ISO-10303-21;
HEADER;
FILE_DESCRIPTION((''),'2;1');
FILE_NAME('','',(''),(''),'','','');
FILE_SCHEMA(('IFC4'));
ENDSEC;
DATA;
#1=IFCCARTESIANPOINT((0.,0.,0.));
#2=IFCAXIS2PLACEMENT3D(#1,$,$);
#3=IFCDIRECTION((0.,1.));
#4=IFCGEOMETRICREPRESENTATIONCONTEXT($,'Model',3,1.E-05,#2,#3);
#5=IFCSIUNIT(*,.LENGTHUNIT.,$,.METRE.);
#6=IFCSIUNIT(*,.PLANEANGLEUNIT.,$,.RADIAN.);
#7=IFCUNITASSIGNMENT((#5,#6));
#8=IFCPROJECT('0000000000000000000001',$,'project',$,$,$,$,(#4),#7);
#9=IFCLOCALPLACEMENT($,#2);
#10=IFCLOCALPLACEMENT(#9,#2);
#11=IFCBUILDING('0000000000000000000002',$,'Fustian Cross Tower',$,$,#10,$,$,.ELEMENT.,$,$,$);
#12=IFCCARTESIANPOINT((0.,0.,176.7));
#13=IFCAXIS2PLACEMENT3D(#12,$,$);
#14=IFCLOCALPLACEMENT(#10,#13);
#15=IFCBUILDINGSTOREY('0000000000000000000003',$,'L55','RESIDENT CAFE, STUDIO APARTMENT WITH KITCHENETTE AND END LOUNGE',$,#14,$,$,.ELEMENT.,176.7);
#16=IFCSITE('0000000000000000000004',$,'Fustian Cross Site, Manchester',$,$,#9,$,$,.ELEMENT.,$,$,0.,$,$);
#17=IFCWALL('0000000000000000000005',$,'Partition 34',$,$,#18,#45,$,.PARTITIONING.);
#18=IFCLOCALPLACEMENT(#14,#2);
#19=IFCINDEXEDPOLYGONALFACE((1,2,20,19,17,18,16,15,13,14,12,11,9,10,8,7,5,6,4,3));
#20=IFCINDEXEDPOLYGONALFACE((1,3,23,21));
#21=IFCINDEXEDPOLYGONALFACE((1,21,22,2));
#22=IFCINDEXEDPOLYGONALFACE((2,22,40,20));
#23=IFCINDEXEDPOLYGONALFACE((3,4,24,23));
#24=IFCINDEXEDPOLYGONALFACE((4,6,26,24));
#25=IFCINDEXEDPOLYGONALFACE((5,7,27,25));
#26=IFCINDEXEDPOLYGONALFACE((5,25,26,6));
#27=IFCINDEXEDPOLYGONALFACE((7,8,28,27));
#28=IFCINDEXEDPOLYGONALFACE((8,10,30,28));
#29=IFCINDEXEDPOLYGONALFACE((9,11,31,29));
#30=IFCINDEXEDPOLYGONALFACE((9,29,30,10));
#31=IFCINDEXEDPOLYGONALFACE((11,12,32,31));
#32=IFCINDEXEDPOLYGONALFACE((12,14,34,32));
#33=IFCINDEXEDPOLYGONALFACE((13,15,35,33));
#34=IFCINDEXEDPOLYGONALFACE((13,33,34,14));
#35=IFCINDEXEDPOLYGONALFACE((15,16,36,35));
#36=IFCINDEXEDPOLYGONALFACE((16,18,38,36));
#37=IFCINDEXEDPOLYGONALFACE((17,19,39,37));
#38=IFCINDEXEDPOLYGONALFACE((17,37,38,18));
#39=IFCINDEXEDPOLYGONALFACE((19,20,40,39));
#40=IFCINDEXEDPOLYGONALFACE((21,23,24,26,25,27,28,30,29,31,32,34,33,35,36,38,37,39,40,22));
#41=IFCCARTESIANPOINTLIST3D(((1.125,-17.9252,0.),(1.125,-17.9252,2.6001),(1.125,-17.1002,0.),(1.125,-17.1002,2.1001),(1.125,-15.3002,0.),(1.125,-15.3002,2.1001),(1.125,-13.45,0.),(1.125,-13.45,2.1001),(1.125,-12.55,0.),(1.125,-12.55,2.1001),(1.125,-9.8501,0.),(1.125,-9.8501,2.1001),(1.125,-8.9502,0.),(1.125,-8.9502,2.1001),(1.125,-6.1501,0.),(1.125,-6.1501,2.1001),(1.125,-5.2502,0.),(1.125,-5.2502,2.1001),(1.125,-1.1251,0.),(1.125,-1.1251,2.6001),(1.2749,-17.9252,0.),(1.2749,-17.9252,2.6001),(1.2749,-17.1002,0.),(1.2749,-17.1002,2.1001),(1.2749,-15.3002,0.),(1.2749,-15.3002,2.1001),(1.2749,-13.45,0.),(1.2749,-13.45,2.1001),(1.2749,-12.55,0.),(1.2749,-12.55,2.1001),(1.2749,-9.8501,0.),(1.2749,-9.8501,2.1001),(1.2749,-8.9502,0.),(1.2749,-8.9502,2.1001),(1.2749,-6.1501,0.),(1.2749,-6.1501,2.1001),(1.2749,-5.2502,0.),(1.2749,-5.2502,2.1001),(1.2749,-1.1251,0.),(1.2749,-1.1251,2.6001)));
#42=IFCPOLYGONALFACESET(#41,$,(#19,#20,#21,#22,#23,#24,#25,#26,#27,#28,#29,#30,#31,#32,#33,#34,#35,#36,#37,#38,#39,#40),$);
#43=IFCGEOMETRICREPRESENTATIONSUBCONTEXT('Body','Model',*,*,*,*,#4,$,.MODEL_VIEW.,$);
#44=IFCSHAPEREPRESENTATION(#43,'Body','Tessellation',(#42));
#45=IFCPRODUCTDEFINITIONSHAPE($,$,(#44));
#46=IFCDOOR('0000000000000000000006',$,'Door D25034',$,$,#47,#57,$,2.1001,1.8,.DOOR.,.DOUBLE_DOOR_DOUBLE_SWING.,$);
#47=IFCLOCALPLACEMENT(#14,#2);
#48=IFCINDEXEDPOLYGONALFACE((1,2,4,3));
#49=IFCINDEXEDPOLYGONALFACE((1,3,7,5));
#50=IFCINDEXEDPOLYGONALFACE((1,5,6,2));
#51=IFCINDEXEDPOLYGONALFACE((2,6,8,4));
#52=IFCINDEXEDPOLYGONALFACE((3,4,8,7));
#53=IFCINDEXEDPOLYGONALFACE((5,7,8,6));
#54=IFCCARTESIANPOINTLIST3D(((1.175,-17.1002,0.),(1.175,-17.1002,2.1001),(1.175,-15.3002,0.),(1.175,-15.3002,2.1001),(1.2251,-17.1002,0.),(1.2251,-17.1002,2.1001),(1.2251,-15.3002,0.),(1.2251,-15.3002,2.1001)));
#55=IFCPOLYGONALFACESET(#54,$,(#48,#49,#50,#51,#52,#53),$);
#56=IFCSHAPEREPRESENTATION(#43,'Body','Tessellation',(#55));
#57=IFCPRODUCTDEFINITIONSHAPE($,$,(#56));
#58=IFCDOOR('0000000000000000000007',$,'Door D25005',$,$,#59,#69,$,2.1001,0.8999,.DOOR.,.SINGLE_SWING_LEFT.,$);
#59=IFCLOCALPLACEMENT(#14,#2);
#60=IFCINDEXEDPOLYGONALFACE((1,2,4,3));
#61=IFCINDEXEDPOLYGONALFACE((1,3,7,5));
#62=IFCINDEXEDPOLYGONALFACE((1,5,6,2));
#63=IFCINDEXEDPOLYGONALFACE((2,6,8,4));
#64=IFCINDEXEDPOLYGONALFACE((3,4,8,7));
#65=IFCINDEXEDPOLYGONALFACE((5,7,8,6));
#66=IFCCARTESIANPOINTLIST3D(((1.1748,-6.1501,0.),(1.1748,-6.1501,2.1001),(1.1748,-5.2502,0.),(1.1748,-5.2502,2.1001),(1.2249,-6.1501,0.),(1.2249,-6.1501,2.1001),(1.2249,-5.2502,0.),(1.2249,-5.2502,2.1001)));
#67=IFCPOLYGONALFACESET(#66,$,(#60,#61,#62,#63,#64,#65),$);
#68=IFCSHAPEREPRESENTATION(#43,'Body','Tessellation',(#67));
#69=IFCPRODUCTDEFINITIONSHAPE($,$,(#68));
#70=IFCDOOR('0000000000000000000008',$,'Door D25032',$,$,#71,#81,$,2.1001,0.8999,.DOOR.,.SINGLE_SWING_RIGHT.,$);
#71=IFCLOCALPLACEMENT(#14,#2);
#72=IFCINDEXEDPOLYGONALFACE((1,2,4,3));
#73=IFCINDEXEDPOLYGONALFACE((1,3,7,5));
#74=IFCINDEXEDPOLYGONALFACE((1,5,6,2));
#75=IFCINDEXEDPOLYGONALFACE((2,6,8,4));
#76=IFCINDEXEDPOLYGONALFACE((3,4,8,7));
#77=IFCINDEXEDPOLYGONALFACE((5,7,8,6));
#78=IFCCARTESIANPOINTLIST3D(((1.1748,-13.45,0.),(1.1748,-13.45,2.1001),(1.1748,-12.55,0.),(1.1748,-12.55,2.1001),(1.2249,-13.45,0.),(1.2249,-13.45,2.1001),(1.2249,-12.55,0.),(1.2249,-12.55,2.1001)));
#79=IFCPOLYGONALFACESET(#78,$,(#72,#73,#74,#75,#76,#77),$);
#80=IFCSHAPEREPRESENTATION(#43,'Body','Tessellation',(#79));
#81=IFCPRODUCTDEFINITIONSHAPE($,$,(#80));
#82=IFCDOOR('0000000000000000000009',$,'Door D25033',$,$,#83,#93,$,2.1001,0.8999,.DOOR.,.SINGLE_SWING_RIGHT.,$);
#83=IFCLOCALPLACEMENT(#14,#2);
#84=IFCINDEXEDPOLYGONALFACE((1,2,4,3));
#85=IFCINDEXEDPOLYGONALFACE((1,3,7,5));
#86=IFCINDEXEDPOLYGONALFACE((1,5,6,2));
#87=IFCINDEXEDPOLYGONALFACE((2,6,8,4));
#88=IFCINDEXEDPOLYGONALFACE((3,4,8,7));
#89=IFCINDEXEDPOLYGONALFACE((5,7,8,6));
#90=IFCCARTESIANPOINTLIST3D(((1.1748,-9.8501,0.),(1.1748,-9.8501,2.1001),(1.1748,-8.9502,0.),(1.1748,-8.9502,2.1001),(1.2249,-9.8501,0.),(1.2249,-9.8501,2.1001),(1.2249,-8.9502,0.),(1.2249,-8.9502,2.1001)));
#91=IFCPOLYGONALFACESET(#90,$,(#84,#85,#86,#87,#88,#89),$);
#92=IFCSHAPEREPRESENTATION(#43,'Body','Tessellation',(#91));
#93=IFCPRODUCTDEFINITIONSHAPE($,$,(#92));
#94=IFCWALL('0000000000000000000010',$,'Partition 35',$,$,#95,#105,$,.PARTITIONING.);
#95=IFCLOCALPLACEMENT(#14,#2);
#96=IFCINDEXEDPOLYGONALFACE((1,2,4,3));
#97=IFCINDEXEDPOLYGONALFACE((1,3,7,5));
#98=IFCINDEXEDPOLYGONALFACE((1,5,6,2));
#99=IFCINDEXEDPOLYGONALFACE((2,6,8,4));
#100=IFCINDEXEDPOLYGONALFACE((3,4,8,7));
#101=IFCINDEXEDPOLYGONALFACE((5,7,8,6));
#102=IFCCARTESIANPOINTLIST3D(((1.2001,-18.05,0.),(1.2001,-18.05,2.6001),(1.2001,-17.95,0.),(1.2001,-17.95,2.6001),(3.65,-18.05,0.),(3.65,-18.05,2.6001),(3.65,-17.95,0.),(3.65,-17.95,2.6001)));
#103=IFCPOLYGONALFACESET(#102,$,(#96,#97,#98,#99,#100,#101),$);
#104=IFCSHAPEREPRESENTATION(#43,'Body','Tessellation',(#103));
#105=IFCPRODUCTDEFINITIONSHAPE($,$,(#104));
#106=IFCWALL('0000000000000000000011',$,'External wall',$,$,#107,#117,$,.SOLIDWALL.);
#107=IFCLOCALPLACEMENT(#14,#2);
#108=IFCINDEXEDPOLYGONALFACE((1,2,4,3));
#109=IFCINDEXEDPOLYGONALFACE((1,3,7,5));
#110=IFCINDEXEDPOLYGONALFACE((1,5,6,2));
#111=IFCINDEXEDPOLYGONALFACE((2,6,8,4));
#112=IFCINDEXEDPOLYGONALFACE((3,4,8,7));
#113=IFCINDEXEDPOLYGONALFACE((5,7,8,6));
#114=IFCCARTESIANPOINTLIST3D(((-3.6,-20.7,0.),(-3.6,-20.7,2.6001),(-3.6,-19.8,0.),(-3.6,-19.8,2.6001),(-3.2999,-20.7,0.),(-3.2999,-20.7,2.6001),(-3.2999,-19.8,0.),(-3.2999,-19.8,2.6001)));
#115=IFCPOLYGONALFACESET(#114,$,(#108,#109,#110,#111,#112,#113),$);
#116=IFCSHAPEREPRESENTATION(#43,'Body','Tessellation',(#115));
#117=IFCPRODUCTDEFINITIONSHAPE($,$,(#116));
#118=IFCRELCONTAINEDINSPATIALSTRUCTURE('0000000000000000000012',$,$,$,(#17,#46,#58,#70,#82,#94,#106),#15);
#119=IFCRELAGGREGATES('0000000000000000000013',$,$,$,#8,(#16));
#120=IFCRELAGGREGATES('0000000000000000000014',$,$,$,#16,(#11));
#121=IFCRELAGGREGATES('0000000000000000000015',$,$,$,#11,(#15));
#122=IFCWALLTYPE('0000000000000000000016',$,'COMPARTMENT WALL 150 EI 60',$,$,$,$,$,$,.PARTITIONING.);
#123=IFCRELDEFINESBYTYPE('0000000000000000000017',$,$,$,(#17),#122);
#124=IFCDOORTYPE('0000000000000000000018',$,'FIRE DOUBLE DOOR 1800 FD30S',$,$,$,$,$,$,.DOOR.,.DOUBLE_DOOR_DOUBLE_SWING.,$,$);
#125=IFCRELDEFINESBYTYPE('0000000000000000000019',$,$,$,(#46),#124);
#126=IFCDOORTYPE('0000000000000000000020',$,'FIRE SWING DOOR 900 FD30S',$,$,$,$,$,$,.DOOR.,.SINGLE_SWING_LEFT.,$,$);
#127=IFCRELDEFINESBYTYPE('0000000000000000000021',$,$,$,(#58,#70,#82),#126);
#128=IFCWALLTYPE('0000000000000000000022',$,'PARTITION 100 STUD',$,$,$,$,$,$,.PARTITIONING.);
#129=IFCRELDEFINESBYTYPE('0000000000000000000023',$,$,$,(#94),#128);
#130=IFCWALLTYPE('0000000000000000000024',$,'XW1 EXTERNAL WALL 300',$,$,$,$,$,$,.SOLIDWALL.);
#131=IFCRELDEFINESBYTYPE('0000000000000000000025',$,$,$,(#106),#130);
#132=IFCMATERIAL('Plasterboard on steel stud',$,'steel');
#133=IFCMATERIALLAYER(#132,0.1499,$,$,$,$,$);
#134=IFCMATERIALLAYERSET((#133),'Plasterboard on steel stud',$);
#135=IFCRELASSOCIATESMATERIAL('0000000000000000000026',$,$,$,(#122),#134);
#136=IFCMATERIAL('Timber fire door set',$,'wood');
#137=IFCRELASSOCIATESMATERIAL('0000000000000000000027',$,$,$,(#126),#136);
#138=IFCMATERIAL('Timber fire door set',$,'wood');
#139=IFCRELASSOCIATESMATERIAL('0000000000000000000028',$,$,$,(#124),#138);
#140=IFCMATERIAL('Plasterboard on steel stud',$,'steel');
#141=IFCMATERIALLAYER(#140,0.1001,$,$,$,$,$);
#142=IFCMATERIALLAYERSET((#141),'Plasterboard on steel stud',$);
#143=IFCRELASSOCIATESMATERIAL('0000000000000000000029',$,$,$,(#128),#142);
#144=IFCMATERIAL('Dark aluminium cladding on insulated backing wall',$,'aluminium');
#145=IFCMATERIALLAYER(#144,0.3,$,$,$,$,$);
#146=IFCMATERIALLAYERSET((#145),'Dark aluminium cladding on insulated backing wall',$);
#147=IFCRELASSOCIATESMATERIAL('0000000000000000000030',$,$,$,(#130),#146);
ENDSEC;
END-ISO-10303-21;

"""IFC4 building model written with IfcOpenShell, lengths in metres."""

from ifc_helpers import new_model, si_unit, direction, frame, frame_2d, origin, place, context, subcontext, project, spatial, rectangle, extrude, material, layer, layer_set, type_object, element, fill, save


model = new_model("IFC4")

# Units and contexts
model_context = context("Model", 3, precision=1e-05, world=origin(), true_north=direction((0.0, 1.0)))
body_context = subcontext(model_context, "Body", "Model", "MODEL_VIEW")
ifc_project = project(units=[si_unit("LENGTHUNIT", "METRE"), si_unit("PLANEANGLEUNIT", "RADIAN")], contexts=[model_context])

# Site, building, storey
site_placement = place(None, origin())
site = spatial("IfcSite", under=ifc_project, at=site_placement, Name="Fustian Cross Site, Manchester", CompositionType="ELEMENT", RefElevation=0.0)
building_placement = place(site_placement, origin())
building = spatial("IfcBuilding", under=site, at=building_placement, Name="Fustian Cross Tower", CompositionType="ELEMENT")
storey_placement = place(building_placement, frame((0.0, 0.0, 176.7)))
storey = spatial("IfcBuildingStorey", under=building, at=storey_placement, Name="L55", Description="RESIDENT CAFE, STUDIO APARTMENT WITH KITCHENETTE AND END LOUNGE", CompositionType="ELEMENT", Elevation=176.7)

# Shared definitions
ifc_material_1 = material(Name="Plasterboard on steel stud", Category="steel")
ifc_layer_1 = layer(ifc_material_1, 0.1499)
ifc_layer_set_1 = layer_set([ifc_layer_1], Name="Plasterboard on steel stud")
wall_type_1 = type_object("IfcWallType", Name="COMPARTMENT WALL 150 EI 60", PredefinedType="PARTITIONING", material=ifc_layer_set_1)
ifc_material_2 = material(Name="Timber fire door set", Category="wood")
door_type_1 = type_object("IfcDoorType", Name="FIRE SWING DOOR 900 FD30S", OperationType="SINGLE_SWING_LEFT", PredefinedType="DOOR", material=ifc_material_2)

# Wall, openings, doors
wall_1_placement = place(storey_placement, frame((1.2, -17.925, 0.0), z_axis=(0.0, 0.0, 1.0), x_axis=(0.0, 1.0, 0.0)))
wall_1 = element("IfcWall", 1, at=wall_1_placement, inside=storey, type_object=wall_type_1, Name="Partition 34", PredefinedType="PARTITIONING", context=body_context, shape_type="SweptSolid", body=[
    extrude(rectangle(XDim=16.8, YDim=0.1499, at=frame_2d((8.3999, 0.0))), origin(), (0.0, 0.0, 1.0), 2.6001),
])
opening_1_placement = place(wall_1_placement, frame((11.7749, 0.0, 0.0)))
opening_1 = element("IfcOpeningElement", 2, at=opening_1_placement, cuts=wall_1, PredefinedType="OPENING", context=body_context, shape_type="SweptSolid", body=[
    extrude(rectangle(XDim=0.8999, YDim=2.1001, at=frame_2d((0.45, 1.05))), frame((0.0, 0.085, 0.0), z_axis=(0.0, -1.0, 0.0), x_axis=(1.0, 0.0, 0.0)), (0.0, 0.0, 1.0), 0.1699),
])
opening_2_placement = place(wall_1_placement, frame((4.4751, 0.0, 0.0)))
opening_2 = element("IfcOpeningElement", 3, at=opening_2_placement, cuts=wall_1, PredefinedType="OPENING", context=body_context, shape_type="SweptSolid", body=[
    extrude(rectangle(XDim=0.8999, YDim=2.1001, at=frame_2d((0.45, 1.05))), frame((0.0, 0.085, 0.0), z_axis=(0.0, -1.0, 0.0), x_axis=(1.0, 0.0, 0.0)), (0.0, 0.0, 1.0), 0.1699),
])
opening_3_placement = place(wall_1_placement, frame((8.075, 0.0, 0.0)))
opening_3 = element("IfcOpeningElement", 4, at=opening_3_placement, cuts=wall_1, PredefinedType="OPENING", context=body_context, shape_type="SweptSolid", body=[
    extrude(rectangle(XDim=0.8999, YDim=2.1001, at=frame_2d((0.45, 1.05))), frame((0.0, 0.085, 0.0), z_axis=(0.0, -1.0, 0.0), x_axis=(1.0, 0.0, 0.0)), (0.0, 0.0, 1.0), 0.1699),
])
opening_4_placement = place(wall_1_placement, frame((0.825, 0.0, 0.0)))
opening_4 = element("IfcOpeningElement", 5, at=opening_4_placement, cuts=wall_1, PredefinedType="OPENING", context=body_context, shape_type="SweptSolid", body=[
    extrude(rectangle(XDim=1.8, YDim=2.1001, at=frame_2d((0.8999, 1.05))), frame((0.0, 0.085, 0.0), z_axis=(0.0, -1.0, 0.0), x_axis=(1.0, 0.0, 0.0)), (0.0, 0.0, 1.0), 0.1699),
])
ifc_material_3 = material(Name="Timber fire door set", Category="wood")
door_type_2 = type_object("IfcDoorType", Name="FIRE DOUBLE DOOR 1800 FD30S", OperationType="DOUBLE_DOOR_DOUBLE_SWING", PredefinedType="DOOR", material=ifc_material_3)
door_1_placement = place(opening_4_placement, origin())
door_1 = element("IfcDoor", 6, at=door_1_placement, inside=storey, type_object=door_type_2, Name="Door D25034", OperationType="DOUBLE_DOOR_DOUBLE_SWING", OverallHeight=2.1001, OverallWidth=1.8, PredefinedType="DOOR", context=body_context, shape_type="SweptSolid", body=[
    extrude(rectangle(XDim=1.8, YDim=2.1001, at=frame_2d((0.8999, 1.05))), frame((0.0, 0.0249, 0.0), z_axis=(0.0, -1.0, 0.0), x_axis=(1.0, 0.0, 0.0)), (0.0, 0.0, 1.0), 0.05),
])
fill(opening_4, door_1)
door_2_placement = place(opening_1_placement, frame((0.8999, 0.0, 0.0), z_axis=(0.0, 0.0, 1.0), x_axis=(-1.0, 0.0, 0.0)))
door_2 = element("IfcDoor", 7, at=door_2_placement, inside=storey, type_object=door_type_1, Name="Door D25005", OperationType="SINGLE_SWING_LEFT", OverallHeight=2.1001, OverallWidth=0.8999, PredefinedType="DOOR", context=body_context, shape_type="SweptSolid", body=[
    extrude(rectangle(XDim=0.8999, YDim=2.1001, at=frame_2d((0.45, 1.05))), frame((0.0, 0.0249, 0.0), z_axis=(0.0, -1.0, 0.0), x_axis=(1.0, 0.0, 0.0)), (0.0, 0.0, 1.0), 0.05),
])
fill(opening_1, door_2)
door_3_placement = place(opening_2_placement, frame((0.8999, 0.0, 0.0), z_axis=(0.0, 0.0, 1.0), x_axis=(-1.0, 0.0, 0.0)))
door_3 = element("IfcDoor", 8, at=door_3_placement, inside=storey, type_object=door_type_1, Name="Door D25032", OperationType="SINGLE_SWING_RIGHT", OverallHeight=2.1001, OverallWidth=0.8999, PredefinedType="DOOR", context=body_context, shape_type="SweptSolid", body=[
    extrude(rectangle(XDim=0.8999, YDim=2.1001, at=frame_2d((0.45, 1.05))), frame((0.0, 0.0249, 0.0), z_axis=(0.0, -1.0, 0.0), x_axis=(1.0, 0.0, 0.0)), (0.0, 0.0, 1.0), 0.05),
])
fill(opening_2, door_3)
door_4_placement = place(opening_3_placement, frame((0.8999, 0.0, 0.0), z_axis=(0.0, 0.0, 1.0), x_axis=(-1.0, 0.0, 0.0)))
door_4 = element("IfcDoor", 9, at=door_4_placement, inside=storey, type_object=door_type_1, Name="Door D25033", OperationType="SINGLE_SWING_RIGHT", OverallHeight=2.1001, OverallWidth=0.8999, PredefinedType="DOOR", context=body_context, shape_type="SweptSolid", body=[
    extrude(rectangle(XDim=0.8999, YDim=2.1001, at=frame_2d((0.45, 1.05))), frame((0.0, 0.0249, 0.0), z_axis=(0.0, -1.0, 0.0), x_axis=(1.0, 0.0, 0.0)), (0.0, 0.0, 1.0), 0.05),
])
fill(opening_3, door_4)

# Walls
ifc_material_4 = material(Name="Plasterboard on steel stud", Category="steel")
ifc_layer_2 = layer(ifc_material_4, 0.1001)
ifc_layer_set_2 = layer_set([ifc_layer_2], Name="Plasterboard on steel stud")
wall_type_2 = type_object("IfcWallType", Name="PARTITION 100 STUD", PredefinedType="PARTITIONING", material=ifc_layer_set_2)
wall_2_placement = place(storey_placement, frame((1.2, -18.0, 0.0), z_axis=(0.0, 0.0, 1.0), x_axis=(1.0, 0.0, 0.0)))
element("IfcWall", 10, at=wall_2_placement, inside=storey, type_object=wall_type_2, Name="Partition 35", PredefinedType="PARTITIONING", context=body_context, shape_type="SweptSolid", body=[
    extrude(rectangle(XDim=2.45, YDim=0.1001, at=frame_2d((1.2251, 0.0))), origin(), (0.0, 0.0, 1.0), 2.6001),
])
ifc_material_5 = material(Name="Dark aluminium cladding on insulated backing wall", Category="aluminium")
ifc_layer_3 = layer(ifc_material_5, 0.3)
ifc_layer_set_3 = layer_set([ifc_layer_3], Name="Dark aluminium cladding on insulated backing wall")
wall_type_3 = type_object("IfcWallType", Name="XW1 EXTERNAL WALL 300", PredefinedType="SOLIDWALL", material=ifc_layer_set_3)
wall_3_placement = place(storey_placement, frame((-3.45, -19.8, 0.0), z_axis=(0.0, 0.0, 1.0), x_axis=(0.0, -1.0, 0.0)))
element("IfcWall", 11, at=wall_3_placement, inside=storey, type_object=wall_type_3, Name="External wall", PredefinedType="SOLIDWALL", context=body_context, shape_type="SweptSolid", body=[
    extrude(rectangle(XDim=0.8999, YDim=0.3, at=frame_2d((0.45, 0.0))), origin(), (0.0, 0.0, 1.0), 2.6001),
])

save(model, "model.ifc")
